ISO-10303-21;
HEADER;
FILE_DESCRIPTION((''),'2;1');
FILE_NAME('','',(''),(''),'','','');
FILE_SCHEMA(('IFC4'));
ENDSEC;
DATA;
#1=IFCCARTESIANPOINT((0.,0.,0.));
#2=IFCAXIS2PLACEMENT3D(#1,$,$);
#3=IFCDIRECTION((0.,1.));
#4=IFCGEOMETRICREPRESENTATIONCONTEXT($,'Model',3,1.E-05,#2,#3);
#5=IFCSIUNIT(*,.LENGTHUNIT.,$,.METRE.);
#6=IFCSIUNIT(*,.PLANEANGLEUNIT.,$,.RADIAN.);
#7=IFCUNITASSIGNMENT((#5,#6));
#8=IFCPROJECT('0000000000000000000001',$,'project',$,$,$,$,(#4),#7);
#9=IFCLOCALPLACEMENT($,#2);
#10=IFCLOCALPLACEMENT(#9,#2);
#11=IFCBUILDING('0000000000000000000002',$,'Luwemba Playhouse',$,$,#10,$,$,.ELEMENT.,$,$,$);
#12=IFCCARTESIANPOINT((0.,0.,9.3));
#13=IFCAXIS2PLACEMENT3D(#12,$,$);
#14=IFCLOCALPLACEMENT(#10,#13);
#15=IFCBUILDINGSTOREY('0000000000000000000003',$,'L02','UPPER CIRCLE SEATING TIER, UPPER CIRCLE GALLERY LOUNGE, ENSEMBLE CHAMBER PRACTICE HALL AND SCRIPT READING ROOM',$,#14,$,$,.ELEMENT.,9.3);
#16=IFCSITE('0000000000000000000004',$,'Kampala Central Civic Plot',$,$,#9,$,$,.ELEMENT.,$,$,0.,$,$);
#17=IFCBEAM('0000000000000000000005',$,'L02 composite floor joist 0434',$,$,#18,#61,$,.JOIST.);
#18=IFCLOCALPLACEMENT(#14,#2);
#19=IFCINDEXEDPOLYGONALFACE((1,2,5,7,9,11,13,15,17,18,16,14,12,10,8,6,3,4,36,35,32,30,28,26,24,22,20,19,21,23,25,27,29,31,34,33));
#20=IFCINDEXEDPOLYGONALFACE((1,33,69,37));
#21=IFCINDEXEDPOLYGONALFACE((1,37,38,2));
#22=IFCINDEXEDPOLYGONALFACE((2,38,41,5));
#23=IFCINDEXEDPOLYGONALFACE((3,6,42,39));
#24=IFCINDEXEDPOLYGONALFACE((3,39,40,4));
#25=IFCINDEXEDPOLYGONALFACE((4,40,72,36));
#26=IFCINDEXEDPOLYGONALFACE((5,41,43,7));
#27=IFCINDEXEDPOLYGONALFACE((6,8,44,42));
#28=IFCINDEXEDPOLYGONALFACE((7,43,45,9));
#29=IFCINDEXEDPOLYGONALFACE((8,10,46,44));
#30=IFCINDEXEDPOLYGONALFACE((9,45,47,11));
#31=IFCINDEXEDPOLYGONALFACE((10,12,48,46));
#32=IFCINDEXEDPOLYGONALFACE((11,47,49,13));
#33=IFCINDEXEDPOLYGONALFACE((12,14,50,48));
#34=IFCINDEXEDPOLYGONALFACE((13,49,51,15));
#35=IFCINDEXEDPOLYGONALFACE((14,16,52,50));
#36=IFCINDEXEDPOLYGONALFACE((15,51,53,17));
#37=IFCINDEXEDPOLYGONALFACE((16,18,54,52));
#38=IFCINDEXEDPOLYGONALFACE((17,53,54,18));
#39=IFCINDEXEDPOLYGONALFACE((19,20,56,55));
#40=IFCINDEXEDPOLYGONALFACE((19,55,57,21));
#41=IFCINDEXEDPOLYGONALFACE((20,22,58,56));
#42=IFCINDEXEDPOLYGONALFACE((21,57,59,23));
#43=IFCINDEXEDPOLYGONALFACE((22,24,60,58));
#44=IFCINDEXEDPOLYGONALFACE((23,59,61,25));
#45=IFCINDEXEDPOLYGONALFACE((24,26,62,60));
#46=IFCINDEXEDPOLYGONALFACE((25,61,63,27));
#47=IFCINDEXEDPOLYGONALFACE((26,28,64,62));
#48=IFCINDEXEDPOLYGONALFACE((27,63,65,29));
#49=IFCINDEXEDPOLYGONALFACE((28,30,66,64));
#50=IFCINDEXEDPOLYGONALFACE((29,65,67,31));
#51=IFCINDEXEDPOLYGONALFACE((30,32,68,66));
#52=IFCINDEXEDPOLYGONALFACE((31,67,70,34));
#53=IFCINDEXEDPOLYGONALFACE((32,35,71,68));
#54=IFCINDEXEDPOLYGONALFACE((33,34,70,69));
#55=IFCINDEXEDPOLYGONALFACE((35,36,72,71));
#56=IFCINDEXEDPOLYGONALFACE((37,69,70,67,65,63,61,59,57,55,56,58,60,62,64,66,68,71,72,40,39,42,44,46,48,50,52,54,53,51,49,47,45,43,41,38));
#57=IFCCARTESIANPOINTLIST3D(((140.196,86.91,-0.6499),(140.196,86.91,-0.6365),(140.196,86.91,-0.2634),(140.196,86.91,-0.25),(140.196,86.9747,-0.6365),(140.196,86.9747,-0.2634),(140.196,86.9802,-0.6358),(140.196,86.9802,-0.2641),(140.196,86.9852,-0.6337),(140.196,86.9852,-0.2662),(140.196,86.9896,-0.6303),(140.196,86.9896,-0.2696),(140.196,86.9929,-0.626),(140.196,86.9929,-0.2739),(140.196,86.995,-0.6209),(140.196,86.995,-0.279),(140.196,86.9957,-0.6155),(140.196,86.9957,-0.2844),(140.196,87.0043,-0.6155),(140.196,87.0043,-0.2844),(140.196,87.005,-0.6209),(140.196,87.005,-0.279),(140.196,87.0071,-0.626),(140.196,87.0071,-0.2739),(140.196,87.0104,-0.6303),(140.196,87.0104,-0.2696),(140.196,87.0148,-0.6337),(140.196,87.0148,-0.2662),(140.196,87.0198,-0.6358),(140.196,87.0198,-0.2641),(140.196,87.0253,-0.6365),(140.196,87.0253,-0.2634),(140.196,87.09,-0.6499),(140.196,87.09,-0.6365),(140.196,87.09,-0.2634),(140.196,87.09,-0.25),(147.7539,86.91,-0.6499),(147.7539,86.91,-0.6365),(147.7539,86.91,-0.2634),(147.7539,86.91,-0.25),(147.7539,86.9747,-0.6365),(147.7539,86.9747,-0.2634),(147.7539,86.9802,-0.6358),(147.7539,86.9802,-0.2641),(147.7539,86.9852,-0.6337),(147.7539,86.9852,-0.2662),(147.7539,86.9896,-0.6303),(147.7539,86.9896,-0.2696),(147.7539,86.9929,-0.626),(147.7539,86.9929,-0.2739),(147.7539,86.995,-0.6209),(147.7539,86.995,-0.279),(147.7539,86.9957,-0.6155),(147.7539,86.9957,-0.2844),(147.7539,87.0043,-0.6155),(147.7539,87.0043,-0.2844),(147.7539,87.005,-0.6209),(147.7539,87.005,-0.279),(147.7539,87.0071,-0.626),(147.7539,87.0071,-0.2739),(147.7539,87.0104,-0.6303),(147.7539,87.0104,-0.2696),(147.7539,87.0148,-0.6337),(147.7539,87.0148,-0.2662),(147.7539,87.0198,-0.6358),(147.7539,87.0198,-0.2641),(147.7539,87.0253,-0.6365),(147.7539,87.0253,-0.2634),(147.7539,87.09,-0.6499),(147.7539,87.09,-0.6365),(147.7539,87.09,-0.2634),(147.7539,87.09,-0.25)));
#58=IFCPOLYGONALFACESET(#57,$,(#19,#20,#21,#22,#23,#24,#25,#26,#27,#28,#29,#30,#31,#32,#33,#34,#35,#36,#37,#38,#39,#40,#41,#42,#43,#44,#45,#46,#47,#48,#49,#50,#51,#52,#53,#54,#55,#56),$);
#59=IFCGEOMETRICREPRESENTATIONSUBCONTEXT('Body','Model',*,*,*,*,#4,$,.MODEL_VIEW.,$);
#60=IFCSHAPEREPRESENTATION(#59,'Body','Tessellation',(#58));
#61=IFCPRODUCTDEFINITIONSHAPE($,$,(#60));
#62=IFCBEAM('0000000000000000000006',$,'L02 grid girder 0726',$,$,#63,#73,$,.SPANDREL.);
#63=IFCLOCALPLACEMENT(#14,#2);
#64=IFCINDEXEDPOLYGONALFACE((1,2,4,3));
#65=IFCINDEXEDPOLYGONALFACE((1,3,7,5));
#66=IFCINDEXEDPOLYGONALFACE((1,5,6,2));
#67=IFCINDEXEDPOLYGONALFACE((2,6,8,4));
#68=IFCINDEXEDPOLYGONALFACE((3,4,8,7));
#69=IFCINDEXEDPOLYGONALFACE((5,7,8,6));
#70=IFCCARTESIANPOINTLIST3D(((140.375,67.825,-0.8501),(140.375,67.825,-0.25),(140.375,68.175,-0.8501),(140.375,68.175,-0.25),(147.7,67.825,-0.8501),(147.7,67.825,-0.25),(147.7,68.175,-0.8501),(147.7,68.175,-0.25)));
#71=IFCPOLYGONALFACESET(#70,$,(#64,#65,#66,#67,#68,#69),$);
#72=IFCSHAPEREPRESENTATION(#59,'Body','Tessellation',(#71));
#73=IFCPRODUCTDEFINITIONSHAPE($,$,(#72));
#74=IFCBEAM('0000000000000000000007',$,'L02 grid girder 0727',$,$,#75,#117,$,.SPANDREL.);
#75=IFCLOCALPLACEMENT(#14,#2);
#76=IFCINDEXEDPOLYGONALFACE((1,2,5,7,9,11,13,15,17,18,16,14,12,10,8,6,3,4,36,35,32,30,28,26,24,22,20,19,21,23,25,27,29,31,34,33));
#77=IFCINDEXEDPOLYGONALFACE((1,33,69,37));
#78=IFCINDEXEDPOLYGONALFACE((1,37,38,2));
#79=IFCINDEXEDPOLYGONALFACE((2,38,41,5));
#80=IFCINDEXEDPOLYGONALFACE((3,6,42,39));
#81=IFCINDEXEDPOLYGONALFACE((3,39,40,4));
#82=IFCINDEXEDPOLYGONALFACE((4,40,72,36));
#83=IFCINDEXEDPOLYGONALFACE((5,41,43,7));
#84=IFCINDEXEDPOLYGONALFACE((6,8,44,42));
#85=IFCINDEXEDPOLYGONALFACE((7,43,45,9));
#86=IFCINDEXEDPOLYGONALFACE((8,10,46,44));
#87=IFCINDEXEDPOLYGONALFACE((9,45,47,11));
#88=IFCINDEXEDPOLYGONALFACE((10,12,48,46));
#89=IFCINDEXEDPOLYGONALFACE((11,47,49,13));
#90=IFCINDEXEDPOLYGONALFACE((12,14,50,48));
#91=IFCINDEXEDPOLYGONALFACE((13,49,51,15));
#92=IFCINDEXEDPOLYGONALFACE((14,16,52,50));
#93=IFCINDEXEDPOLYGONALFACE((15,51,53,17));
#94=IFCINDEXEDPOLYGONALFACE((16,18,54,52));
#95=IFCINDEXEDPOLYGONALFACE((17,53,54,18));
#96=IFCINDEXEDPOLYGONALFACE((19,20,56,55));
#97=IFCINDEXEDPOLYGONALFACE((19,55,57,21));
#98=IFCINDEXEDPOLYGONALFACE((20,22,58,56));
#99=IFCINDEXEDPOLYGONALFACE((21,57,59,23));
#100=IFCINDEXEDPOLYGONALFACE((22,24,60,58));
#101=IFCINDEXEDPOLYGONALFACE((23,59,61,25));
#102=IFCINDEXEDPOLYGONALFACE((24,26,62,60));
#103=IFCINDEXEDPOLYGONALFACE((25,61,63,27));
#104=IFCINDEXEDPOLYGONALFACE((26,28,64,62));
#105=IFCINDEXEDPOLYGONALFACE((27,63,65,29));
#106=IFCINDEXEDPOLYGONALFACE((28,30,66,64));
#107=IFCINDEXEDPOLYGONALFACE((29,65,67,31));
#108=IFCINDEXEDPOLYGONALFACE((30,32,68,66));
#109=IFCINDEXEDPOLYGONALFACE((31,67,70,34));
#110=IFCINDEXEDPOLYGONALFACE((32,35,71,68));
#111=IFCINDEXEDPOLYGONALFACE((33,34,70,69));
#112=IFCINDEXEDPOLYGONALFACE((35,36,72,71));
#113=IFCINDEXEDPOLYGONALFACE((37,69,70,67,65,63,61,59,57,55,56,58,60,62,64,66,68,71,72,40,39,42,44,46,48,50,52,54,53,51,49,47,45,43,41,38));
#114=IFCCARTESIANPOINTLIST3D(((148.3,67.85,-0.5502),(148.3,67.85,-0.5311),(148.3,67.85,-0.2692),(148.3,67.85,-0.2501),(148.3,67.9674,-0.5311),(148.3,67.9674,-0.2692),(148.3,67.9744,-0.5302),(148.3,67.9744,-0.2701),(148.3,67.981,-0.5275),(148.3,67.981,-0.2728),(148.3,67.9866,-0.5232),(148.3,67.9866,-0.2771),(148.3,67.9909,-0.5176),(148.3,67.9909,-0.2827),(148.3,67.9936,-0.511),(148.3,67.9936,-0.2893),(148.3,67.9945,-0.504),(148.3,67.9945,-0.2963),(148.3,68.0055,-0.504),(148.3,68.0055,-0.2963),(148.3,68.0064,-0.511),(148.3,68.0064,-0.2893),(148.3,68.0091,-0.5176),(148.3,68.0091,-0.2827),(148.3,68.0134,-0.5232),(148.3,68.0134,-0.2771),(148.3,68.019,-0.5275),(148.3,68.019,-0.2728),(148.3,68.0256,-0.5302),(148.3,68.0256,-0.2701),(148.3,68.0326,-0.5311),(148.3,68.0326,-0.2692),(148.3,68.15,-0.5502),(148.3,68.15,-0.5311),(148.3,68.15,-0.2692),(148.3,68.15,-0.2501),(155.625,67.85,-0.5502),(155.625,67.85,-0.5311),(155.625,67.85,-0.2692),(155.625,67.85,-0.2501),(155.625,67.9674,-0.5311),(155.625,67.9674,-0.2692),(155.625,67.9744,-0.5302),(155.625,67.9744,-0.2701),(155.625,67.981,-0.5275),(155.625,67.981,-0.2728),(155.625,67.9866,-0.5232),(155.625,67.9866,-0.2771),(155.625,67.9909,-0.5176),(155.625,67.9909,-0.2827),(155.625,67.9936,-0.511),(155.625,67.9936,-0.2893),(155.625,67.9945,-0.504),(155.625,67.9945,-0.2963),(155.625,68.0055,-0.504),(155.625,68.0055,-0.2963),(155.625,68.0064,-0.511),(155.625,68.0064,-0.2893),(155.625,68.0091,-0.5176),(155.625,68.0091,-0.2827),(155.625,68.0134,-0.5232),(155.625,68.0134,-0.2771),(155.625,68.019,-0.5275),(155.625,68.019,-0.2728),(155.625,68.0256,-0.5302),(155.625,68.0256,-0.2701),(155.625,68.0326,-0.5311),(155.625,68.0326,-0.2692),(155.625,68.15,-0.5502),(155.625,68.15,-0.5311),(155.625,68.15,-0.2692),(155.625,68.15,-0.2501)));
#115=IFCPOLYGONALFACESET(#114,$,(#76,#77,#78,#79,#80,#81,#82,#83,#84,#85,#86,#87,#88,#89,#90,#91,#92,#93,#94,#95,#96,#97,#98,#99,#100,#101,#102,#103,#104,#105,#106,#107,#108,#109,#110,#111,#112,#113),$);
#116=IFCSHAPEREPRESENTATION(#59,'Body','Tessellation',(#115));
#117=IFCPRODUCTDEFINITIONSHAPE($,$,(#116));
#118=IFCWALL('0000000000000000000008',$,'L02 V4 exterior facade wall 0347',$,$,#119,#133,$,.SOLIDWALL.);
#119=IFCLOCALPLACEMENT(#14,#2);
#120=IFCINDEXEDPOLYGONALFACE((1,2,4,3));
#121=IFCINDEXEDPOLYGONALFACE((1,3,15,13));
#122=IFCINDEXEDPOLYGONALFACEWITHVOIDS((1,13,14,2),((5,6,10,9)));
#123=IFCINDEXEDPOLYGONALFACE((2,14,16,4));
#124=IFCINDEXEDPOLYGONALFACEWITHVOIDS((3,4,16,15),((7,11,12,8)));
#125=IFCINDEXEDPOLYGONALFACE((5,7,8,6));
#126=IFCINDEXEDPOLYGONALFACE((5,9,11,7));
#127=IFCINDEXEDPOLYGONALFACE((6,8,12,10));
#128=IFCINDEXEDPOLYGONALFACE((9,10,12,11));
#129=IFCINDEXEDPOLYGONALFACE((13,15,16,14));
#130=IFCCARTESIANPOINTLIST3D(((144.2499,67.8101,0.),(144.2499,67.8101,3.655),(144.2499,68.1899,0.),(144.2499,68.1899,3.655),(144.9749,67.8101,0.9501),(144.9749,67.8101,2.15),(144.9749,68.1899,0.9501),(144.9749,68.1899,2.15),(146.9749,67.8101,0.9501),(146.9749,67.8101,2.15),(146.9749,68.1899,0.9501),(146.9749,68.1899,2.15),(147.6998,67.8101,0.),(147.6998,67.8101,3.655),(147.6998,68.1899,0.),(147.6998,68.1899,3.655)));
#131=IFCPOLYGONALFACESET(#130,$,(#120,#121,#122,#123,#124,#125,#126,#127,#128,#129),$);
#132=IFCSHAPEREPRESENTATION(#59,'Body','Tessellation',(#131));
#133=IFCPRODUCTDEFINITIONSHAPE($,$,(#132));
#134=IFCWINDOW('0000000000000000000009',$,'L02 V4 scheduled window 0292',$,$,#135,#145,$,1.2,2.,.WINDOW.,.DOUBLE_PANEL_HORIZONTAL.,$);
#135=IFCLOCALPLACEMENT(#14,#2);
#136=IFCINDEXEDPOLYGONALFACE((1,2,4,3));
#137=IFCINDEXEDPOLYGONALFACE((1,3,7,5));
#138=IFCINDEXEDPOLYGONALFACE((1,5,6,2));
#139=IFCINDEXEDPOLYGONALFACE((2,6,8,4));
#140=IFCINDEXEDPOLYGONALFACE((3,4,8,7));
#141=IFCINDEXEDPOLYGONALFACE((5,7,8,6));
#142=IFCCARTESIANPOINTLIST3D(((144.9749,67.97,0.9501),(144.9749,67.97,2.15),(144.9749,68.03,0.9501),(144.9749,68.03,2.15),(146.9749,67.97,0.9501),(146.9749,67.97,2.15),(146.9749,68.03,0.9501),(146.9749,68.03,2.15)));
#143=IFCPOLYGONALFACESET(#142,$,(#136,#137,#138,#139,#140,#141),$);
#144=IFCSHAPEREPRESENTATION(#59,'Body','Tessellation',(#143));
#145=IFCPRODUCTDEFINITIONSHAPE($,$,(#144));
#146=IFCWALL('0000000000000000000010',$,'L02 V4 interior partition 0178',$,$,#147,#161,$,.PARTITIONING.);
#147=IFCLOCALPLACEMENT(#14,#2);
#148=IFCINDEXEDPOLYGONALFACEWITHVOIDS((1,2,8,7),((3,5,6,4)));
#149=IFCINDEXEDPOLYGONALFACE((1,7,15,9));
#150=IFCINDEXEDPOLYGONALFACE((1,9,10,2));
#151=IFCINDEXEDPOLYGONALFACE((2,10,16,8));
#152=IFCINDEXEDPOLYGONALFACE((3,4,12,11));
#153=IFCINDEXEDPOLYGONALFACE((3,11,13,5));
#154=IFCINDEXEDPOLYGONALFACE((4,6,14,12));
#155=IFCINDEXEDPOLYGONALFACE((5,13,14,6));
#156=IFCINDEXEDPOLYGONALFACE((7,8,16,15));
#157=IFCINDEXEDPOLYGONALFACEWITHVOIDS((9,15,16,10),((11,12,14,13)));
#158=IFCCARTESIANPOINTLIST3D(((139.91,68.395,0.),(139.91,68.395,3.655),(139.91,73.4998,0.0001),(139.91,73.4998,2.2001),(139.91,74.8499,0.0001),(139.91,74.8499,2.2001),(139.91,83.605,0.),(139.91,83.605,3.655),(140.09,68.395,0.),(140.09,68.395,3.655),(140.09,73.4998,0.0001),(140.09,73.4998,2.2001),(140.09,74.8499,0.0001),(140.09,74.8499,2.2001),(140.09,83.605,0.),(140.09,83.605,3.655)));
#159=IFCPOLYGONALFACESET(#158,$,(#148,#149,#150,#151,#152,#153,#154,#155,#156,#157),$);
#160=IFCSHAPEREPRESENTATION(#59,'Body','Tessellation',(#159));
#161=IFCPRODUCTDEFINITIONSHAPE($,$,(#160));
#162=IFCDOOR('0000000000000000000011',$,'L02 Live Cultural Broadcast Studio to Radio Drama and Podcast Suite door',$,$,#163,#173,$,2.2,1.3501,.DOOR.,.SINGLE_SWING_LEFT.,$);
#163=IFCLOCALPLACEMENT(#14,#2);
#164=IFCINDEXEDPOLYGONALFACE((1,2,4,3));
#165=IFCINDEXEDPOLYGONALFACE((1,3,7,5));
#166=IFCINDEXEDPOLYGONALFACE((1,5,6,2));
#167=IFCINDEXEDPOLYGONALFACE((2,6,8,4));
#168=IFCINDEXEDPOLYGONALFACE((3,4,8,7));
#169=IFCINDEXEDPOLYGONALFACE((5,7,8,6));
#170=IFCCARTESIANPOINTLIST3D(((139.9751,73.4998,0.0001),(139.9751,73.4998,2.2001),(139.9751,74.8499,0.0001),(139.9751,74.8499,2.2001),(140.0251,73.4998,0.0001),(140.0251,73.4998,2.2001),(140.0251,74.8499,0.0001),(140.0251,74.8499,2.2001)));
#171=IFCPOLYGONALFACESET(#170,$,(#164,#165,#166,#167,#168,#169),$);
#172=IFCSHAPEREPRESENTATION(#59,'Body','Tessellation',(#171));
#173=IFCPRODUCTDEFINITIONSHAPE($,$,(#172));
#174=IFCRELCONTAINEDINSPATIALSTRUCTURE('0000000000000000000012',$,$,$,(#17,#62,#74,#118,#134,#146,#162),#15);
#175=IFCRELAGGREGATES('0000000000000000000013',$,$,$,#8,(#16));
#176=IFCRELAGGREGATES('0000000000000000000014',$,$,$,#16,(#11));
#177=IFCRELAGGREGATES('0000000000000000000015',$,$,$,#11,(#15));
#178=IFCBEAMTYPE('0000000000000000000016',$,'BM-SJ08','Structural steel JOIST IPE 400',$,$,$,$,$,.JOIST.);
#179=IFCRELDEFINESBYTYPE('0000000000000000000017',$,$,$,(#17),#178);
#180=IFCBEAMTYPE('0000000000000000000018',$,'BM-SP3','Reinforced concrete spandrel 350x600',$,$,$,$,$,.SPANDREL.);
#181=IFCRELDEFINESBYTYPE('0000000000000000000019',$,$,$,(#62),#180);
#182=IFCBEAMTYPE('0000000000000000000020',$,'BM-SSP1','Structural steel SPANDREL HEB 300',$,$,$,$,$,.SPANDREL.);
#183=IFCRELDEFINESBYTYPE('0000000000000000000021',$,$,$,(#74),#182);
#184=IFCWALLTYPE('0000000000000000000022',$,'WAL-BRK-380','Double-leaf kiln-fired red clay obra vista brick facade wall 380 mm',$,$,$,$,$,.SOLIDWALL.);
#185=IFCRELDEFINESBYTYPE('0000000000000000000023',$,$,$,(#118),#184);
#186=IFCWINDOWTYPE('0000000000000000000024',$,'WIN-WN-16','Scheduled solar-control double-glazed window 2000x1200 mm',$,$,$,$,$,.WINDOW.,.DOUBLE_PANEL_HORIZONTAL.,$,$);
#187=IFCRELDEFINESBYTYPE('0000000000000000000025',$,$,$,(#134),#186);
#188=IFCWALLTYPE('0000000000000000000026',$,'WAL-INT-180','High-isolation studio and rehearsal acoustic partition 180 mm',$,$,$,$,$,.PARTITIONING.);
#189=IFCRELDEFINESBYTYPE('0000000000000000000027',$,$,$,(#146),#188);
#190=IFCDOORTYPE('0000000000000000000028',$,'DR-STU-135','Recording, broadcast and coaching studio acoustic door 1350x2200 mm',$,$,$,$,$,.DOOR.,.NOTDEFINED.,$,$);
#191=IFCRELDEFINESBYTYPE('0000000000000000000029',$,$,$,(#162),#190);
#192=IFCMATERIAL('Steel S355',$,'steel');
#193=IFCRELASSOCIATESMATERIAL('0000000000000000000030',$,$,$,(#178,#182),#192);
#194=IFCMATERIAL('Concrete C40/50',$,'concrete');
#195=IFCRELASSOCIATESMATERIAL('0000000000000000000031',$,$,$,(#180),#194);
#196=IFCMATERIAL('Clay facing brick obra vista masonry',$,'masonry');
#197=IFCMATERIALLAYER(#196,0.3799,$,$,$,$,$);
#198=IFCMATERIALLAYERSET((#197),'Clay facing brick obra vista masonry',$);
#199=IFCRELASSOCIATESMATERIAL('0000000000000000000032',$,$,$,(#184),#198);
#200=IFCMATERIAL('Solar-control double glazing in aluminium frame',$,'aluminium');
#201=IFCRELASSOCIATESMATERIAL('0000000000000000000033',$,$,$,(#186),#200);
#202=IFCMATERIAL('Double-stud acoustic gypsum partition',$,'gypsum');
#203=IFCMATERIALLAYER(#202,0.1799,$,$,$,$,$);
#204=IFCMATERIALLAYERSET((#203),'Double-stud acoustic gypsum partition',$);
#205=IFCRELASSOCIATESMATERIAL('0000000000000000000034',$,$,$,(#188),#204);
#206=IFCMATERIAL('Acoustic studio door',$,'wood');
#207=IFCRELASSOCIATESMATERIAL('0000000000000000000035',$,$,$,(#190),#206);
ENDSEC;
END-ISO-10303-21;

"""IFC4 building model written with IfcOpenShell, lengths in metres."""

from ifc_helpers import new_model, si_unit, direction, frame, frame_2d, origin, origin_2d, place, context, subcontext, project, spatial, rectangle, i_section, extrude, material, layer, layer_set, material_profile, profile_set, type_object, element, fill, save


model = new_model("IFC4")

# Units and contexts
model_context = context("Model", 3, precision=1e-05, world=origin(), true_north=direction((0.0, 1.0)))
body_context = subcontext(model_context, "Body", "Model", "MODEL_VIEW")
ifc_project = project(units=[si_unit("LENGTHUNIT", "METRE"), si_unit("PLANEANGLEUNIT", "RADIAN")], contexts=[model_context])

# Site, building, storey
site_placement = place(None, origin())
site = spatial("IfcSite", under=ifc_project, at=site_placement, Name="Kampala Central Civic Plot", CompositionType="ELEMENT", RefElevation=0.0)
building_placement = place(site_placement, origin())
building = spatial("IfcBuilding", under=site, at=building_placement, Name="Luwemba Playhouse", CompositionType="ELEMENT")
storey_placement = place(building_placement, frame((0.0, 0.0, 9.3)))
storey = spatial("IfcBuildingStorey", under=building, at=storey_placement, Name="L02", Description="UPPER CIRCLE SEATING TIER, UPPER CIRCLE GALLERY LOUNGE, ENSEMBLE CHAMBER PRACTICE HALL AND SCRIPT READING ROOM", CompositionType="ELEMENT", Elevation=9.3)

# Shared definitions
ifc_material_1 = material(Name="Concrete C40/50", Category="concrete")

# Beams
ifc_material_2 = material(Name="Steel S355", Category="steel")
ifc_material_profile_1 = material_profile(ifc_material_2, i_section(OverallWidth=0.1799, OverallDepth=0.3999, WebThickness=0.0085, FlangeThickness=0.0134, FilletRadius=0.021, at=origin_2d()))
ifc_profile_set_1 = profile_set([ifc_material_profile_1], Name="Steel S355")
beam_type_1 = type_object("IfcBeamType", Name="BM-SJ08", Description="Structural steel JOIST IPE 400", PredefinedType="JOIST", material=ifc_profile_set_1)
beam_1_placement = place(storey_placement, frame((140.196, 87.0, -0.45), z_axis=(1.0, 0.0, 0.0), x_axis=(0.0, 1.0, 0.0)))
element("IfcBeam", 1, at=beam_1_placement, inside=storey, type_object=beam_type_1, Name="L02 composite floor joist 0434", PredefinedType="JOIST", context=body_context, shape_type="SweptSolid", body=[
    extrude(i_section(OverallWidth=0.1799, OverallDepth=0.3999, WebThickness=0.0085, FlangeThickness=0.0134, FilletRadius=0.021, at=origin_2d()), origin(), (0.0, 0.0, 1.0), 7.5579),
])
ifc_material_profile_2 = material_profile(ifc_material_1, rectangle(XDim=0.3501, YDim=0.6001, at=origin_2d()))
ifc_profile_set_2 = profile_set([ifc_material_profile_2], Name="Concrete C40/50")
beam_type_2 = type_object("IfcBeamType", Name="BM-SP3", Description="Reinforced concrete spandrel 350x600", PredefinedType="SPANDREL", material=ifc_profile_set_2)
beam_2_placement = place(storey_placement, frame((140.375, 68.0, -0.55), z_axis=(1.0, 0.0, 0.0), x_axis=(0.0, 1.0, 0.0)))
element("IfcBeam", 2, at=beam_2_placement, inside=storey, type_object=beam_type_2, Name="L02 grid girder 0726", PredefinedType="SPANDREL", context=body_context, shape_type="SweptSolid", body=[
    extrude(rectangle(XDim=0.3501, YDim=0.6001, at=origin_2d()), origin(), (0.0, 0.0, 1.0), 7.325),
])
ifc_material_profile_3 = material_profile(ifc_material_2, i_section(OverallWidth=0.3, OverallDepth=0.3, WebThickness=0.011, FlangeThickness=0.019, FilletRadius=0.0271, at=origin_2d()))
ifc_profile_set_3 = profile_set([ifc_material_profile_3], Name="Steel S355")
beam_type_3 = type_object("IfcBeamType", Name="BM-SSP1", Description="Structural steel SPANDREL HEB 300", PredefinedType="SPANDREL", material=ifc_profile_set_3)
beam_3_placement = place(storey_placement, frame((148.3, 68.0, -0.4001), z_axis=(1.0, 0.0, 0.0), x_axis=(0.0, 1.0, 0.0)))
element("IfcBeam", 3, at=beam_3_placement, inside=storey, type_object=beam_type_3, Name="L02 grid girder 0727", PredefinedType="SPANDREL", context=body_context, shape_type="SweptSolid", body=[
    extrude(i_section(OverallWidth=0.3, OverallDepth=0.3, WebThickness=0.011, FlangeThickness=0.019, FilletRadius=0.0271, at=origin_2d()), origin(), (0.0, 0.0, 1.0), 7.325),
])

# Wall, opening, window
ifc_material_3 = material(Name="Clay facing brick obra vista masonry", Category="masonry")
ifc_layer_1 = layer(ifc_material_3, 0.3799)
ifc_layer_set_1 = layer_set([ifc_layer_1], Name="Clay facing brick obra vista masonry")
wall_type_1 = type_object("IfcWallType", Name="WAL-BRK-380", Description="Double-leaf kiln-fired red clay obra vista brick facade wall 380 mm", PredefinedType="SOLIDWALL", material=ifc_layer_set_1)
wall_1_placement = place(storey_placement, frame((147.7, 68.0, 0.0), z_axis=(0.0, 0.0, 1.0), x_axis=(-1.0, 0.0, 0.0)))
wall_1 = element("IfcWall", 4, at=wall_1_placement, inside=storey, type_object=wall_type_1, Name="L02 V4 exterior facade wall 0347", PredefinedType="SOLIDWALL", context=body_context, shape_type="SweptSolid", body=[
    extrude(rectangle(XDim=3.45, YDim=0.3799, at=frame_2d((1.7251, 0.0))), origin(), (0.0, 0.0, 1.0), 3.655),
])
opening_1_placement = place(wall_1_placement, frame((0.7251, 0.0, 0.95)))
opening_1 = element("IfcOpeningElement", 5, at=opening_1_placement, cuts=wall_1, PredefinedType="OPENING", context=body_context, shape_type="SweptSolid", body=[
    extrude(rectangle(XDim=2.0, YDim=1.2, at=frame_2d((1.0, 0.6001))), frame((0.0, 0.2, 0.0), z_axis=(0.0, -1.0, 0.0), x_axis=(1.0, 0.0, 0.0)), (0.0, 0.0, 1.0), 0.3999),
])
ifc_material_4 = material(Name="Solar-control double glazing in aluminium frame", Category="aluminium")
window_type_1 = type_object("IfcWindowType", Name="WIN-WN-16", Description="Scheduled solar-control double-glazed window 2000x1200 mm", PartitioningType="DOUBLE_PANEL_HORIZONTAL", PredefinedType="WINDOW", material=ifc_material_4)
window_1_placement = place(opening_1_placement, origin())
window_1 = element("IfcWindow", 6, at=window_1_placement, inside=storey, type_object=window_type_1, Name="L02 V4 scheduled window 0292", OverallHeight=1.2, OverallWidth=2.0, PartitioningType="DOUBLE_PANEL_HORIZONTAL", PredefinedType="WINDOW", context=body_context, shape_type="SweptSolid", body=[
    extrude(rectangle(XDim=2.0, YDim=1.2, at=frame_2d((1.0, 0.6001))), frame((0.0, 0.03, 0.0), z_axis=(0.0, -1.0, 0.0), x_axis=(1.0, 0.0, 0.0)), (0.0, 0.0, 1.0), 0.0601),
])
fill(opening_1, window_1)

# Wall, opening, door
ifc_material_5 = material(Name="Double-stud acoustic gypsum partition", Category="gypsum")
ifc_layer_2 = layer(ifc_material_5, 0.1799)
ifc_layer_set_2 = layer_set([ifc_layer_2], Name="Double-stud acoustic gypsum partition")
wall_type_2 = type_object("IfcWallType", Name="WAL-INT-180", Description="High-isolation studio and rehearsal acoustic partition 180 mm", PredefinedType="PARTITIONING", material=ifc_layer_set_2)
wall_2_placement = place(storey_placement, frame((140.0, 68.395, 0.0), z_axis=(0.0, 0.0, 1.0), x_axis=(0.0, 1.0, 0.0)))
wall_2 = element("IfcWall", 7, at=wall_2_placement, inside=storey, type_object=wall_type_2, Name="L02 V4 interior partition 0178", PredefinedType="PARTITIONING", context=body_context, shape_type="SweptSolid", body=[
    extrude(rectangle(XDim=15.21, YDim=0.1799, at=frame_2d((7.605, 0.0))), origin(), (0.0, 0.0, 1.0), 3.655),
])
opening_2_placement = place(wall_2_placement, frame((5.1047, 0.0, 0.0)))
opening_2 = element("IfcOpeningElement", 8, at=opening_2_placement, cuts=wall_2, PredefinedType="OPENING", context=body_context, shape_type="SweptSolid", body=[
    extrude(rectangle(XDim=1.3501, YDim=2.2, at=frame_2d((0.675, 1.1001))), frame((0.0, 0.0999, 0.0), z_axis=(0.0, -1.0, 0.0), x_axis=(1.0, 0.0, 0.0)), (0.0, 0.0, 1.0), 0.2),
])
ifc_material_6 = material(Name="Acoustic studio door", Category="wood")
door_type = type_object("IfcDoorType", Name="DR-STU-135", Description="Recording, broadcast and coaching studio acoustic door 1350x2200 mm", OperationType="NOTDEFINED", PredefinedType="DOOR", material=ifc_material_6)
door_1_placement = place(opening_2_placement, origin())
door_1 = element("IfcDoor", 9, at=door_1_placement, inside=storey, type_object=door_type, Name="L02 Live Cultural Broadcast Studio to Radio Drama and Podcast Suite door", OperationType="SINGLE_SWING_LEFT", OverallHeight=2.2, OverallWidth=1.3501, PredefinedType="DOOR", context=body_context, shape_type="SweptSolid", body=[
    extrude(rectangle(XDim=1.3501, YDim=2.2, at=frame_2d((0.675, 1.1001))), frame((0.0, 0.0249, 0.0), z_axis=(0.0, -1.0, 0.0), x_axis=(1.0, 0.0, 0.0)), (0.0, 0.0, 1.0), 0.05),
])
fill(opening_2, door_1)

save(model, "model.ifc")
